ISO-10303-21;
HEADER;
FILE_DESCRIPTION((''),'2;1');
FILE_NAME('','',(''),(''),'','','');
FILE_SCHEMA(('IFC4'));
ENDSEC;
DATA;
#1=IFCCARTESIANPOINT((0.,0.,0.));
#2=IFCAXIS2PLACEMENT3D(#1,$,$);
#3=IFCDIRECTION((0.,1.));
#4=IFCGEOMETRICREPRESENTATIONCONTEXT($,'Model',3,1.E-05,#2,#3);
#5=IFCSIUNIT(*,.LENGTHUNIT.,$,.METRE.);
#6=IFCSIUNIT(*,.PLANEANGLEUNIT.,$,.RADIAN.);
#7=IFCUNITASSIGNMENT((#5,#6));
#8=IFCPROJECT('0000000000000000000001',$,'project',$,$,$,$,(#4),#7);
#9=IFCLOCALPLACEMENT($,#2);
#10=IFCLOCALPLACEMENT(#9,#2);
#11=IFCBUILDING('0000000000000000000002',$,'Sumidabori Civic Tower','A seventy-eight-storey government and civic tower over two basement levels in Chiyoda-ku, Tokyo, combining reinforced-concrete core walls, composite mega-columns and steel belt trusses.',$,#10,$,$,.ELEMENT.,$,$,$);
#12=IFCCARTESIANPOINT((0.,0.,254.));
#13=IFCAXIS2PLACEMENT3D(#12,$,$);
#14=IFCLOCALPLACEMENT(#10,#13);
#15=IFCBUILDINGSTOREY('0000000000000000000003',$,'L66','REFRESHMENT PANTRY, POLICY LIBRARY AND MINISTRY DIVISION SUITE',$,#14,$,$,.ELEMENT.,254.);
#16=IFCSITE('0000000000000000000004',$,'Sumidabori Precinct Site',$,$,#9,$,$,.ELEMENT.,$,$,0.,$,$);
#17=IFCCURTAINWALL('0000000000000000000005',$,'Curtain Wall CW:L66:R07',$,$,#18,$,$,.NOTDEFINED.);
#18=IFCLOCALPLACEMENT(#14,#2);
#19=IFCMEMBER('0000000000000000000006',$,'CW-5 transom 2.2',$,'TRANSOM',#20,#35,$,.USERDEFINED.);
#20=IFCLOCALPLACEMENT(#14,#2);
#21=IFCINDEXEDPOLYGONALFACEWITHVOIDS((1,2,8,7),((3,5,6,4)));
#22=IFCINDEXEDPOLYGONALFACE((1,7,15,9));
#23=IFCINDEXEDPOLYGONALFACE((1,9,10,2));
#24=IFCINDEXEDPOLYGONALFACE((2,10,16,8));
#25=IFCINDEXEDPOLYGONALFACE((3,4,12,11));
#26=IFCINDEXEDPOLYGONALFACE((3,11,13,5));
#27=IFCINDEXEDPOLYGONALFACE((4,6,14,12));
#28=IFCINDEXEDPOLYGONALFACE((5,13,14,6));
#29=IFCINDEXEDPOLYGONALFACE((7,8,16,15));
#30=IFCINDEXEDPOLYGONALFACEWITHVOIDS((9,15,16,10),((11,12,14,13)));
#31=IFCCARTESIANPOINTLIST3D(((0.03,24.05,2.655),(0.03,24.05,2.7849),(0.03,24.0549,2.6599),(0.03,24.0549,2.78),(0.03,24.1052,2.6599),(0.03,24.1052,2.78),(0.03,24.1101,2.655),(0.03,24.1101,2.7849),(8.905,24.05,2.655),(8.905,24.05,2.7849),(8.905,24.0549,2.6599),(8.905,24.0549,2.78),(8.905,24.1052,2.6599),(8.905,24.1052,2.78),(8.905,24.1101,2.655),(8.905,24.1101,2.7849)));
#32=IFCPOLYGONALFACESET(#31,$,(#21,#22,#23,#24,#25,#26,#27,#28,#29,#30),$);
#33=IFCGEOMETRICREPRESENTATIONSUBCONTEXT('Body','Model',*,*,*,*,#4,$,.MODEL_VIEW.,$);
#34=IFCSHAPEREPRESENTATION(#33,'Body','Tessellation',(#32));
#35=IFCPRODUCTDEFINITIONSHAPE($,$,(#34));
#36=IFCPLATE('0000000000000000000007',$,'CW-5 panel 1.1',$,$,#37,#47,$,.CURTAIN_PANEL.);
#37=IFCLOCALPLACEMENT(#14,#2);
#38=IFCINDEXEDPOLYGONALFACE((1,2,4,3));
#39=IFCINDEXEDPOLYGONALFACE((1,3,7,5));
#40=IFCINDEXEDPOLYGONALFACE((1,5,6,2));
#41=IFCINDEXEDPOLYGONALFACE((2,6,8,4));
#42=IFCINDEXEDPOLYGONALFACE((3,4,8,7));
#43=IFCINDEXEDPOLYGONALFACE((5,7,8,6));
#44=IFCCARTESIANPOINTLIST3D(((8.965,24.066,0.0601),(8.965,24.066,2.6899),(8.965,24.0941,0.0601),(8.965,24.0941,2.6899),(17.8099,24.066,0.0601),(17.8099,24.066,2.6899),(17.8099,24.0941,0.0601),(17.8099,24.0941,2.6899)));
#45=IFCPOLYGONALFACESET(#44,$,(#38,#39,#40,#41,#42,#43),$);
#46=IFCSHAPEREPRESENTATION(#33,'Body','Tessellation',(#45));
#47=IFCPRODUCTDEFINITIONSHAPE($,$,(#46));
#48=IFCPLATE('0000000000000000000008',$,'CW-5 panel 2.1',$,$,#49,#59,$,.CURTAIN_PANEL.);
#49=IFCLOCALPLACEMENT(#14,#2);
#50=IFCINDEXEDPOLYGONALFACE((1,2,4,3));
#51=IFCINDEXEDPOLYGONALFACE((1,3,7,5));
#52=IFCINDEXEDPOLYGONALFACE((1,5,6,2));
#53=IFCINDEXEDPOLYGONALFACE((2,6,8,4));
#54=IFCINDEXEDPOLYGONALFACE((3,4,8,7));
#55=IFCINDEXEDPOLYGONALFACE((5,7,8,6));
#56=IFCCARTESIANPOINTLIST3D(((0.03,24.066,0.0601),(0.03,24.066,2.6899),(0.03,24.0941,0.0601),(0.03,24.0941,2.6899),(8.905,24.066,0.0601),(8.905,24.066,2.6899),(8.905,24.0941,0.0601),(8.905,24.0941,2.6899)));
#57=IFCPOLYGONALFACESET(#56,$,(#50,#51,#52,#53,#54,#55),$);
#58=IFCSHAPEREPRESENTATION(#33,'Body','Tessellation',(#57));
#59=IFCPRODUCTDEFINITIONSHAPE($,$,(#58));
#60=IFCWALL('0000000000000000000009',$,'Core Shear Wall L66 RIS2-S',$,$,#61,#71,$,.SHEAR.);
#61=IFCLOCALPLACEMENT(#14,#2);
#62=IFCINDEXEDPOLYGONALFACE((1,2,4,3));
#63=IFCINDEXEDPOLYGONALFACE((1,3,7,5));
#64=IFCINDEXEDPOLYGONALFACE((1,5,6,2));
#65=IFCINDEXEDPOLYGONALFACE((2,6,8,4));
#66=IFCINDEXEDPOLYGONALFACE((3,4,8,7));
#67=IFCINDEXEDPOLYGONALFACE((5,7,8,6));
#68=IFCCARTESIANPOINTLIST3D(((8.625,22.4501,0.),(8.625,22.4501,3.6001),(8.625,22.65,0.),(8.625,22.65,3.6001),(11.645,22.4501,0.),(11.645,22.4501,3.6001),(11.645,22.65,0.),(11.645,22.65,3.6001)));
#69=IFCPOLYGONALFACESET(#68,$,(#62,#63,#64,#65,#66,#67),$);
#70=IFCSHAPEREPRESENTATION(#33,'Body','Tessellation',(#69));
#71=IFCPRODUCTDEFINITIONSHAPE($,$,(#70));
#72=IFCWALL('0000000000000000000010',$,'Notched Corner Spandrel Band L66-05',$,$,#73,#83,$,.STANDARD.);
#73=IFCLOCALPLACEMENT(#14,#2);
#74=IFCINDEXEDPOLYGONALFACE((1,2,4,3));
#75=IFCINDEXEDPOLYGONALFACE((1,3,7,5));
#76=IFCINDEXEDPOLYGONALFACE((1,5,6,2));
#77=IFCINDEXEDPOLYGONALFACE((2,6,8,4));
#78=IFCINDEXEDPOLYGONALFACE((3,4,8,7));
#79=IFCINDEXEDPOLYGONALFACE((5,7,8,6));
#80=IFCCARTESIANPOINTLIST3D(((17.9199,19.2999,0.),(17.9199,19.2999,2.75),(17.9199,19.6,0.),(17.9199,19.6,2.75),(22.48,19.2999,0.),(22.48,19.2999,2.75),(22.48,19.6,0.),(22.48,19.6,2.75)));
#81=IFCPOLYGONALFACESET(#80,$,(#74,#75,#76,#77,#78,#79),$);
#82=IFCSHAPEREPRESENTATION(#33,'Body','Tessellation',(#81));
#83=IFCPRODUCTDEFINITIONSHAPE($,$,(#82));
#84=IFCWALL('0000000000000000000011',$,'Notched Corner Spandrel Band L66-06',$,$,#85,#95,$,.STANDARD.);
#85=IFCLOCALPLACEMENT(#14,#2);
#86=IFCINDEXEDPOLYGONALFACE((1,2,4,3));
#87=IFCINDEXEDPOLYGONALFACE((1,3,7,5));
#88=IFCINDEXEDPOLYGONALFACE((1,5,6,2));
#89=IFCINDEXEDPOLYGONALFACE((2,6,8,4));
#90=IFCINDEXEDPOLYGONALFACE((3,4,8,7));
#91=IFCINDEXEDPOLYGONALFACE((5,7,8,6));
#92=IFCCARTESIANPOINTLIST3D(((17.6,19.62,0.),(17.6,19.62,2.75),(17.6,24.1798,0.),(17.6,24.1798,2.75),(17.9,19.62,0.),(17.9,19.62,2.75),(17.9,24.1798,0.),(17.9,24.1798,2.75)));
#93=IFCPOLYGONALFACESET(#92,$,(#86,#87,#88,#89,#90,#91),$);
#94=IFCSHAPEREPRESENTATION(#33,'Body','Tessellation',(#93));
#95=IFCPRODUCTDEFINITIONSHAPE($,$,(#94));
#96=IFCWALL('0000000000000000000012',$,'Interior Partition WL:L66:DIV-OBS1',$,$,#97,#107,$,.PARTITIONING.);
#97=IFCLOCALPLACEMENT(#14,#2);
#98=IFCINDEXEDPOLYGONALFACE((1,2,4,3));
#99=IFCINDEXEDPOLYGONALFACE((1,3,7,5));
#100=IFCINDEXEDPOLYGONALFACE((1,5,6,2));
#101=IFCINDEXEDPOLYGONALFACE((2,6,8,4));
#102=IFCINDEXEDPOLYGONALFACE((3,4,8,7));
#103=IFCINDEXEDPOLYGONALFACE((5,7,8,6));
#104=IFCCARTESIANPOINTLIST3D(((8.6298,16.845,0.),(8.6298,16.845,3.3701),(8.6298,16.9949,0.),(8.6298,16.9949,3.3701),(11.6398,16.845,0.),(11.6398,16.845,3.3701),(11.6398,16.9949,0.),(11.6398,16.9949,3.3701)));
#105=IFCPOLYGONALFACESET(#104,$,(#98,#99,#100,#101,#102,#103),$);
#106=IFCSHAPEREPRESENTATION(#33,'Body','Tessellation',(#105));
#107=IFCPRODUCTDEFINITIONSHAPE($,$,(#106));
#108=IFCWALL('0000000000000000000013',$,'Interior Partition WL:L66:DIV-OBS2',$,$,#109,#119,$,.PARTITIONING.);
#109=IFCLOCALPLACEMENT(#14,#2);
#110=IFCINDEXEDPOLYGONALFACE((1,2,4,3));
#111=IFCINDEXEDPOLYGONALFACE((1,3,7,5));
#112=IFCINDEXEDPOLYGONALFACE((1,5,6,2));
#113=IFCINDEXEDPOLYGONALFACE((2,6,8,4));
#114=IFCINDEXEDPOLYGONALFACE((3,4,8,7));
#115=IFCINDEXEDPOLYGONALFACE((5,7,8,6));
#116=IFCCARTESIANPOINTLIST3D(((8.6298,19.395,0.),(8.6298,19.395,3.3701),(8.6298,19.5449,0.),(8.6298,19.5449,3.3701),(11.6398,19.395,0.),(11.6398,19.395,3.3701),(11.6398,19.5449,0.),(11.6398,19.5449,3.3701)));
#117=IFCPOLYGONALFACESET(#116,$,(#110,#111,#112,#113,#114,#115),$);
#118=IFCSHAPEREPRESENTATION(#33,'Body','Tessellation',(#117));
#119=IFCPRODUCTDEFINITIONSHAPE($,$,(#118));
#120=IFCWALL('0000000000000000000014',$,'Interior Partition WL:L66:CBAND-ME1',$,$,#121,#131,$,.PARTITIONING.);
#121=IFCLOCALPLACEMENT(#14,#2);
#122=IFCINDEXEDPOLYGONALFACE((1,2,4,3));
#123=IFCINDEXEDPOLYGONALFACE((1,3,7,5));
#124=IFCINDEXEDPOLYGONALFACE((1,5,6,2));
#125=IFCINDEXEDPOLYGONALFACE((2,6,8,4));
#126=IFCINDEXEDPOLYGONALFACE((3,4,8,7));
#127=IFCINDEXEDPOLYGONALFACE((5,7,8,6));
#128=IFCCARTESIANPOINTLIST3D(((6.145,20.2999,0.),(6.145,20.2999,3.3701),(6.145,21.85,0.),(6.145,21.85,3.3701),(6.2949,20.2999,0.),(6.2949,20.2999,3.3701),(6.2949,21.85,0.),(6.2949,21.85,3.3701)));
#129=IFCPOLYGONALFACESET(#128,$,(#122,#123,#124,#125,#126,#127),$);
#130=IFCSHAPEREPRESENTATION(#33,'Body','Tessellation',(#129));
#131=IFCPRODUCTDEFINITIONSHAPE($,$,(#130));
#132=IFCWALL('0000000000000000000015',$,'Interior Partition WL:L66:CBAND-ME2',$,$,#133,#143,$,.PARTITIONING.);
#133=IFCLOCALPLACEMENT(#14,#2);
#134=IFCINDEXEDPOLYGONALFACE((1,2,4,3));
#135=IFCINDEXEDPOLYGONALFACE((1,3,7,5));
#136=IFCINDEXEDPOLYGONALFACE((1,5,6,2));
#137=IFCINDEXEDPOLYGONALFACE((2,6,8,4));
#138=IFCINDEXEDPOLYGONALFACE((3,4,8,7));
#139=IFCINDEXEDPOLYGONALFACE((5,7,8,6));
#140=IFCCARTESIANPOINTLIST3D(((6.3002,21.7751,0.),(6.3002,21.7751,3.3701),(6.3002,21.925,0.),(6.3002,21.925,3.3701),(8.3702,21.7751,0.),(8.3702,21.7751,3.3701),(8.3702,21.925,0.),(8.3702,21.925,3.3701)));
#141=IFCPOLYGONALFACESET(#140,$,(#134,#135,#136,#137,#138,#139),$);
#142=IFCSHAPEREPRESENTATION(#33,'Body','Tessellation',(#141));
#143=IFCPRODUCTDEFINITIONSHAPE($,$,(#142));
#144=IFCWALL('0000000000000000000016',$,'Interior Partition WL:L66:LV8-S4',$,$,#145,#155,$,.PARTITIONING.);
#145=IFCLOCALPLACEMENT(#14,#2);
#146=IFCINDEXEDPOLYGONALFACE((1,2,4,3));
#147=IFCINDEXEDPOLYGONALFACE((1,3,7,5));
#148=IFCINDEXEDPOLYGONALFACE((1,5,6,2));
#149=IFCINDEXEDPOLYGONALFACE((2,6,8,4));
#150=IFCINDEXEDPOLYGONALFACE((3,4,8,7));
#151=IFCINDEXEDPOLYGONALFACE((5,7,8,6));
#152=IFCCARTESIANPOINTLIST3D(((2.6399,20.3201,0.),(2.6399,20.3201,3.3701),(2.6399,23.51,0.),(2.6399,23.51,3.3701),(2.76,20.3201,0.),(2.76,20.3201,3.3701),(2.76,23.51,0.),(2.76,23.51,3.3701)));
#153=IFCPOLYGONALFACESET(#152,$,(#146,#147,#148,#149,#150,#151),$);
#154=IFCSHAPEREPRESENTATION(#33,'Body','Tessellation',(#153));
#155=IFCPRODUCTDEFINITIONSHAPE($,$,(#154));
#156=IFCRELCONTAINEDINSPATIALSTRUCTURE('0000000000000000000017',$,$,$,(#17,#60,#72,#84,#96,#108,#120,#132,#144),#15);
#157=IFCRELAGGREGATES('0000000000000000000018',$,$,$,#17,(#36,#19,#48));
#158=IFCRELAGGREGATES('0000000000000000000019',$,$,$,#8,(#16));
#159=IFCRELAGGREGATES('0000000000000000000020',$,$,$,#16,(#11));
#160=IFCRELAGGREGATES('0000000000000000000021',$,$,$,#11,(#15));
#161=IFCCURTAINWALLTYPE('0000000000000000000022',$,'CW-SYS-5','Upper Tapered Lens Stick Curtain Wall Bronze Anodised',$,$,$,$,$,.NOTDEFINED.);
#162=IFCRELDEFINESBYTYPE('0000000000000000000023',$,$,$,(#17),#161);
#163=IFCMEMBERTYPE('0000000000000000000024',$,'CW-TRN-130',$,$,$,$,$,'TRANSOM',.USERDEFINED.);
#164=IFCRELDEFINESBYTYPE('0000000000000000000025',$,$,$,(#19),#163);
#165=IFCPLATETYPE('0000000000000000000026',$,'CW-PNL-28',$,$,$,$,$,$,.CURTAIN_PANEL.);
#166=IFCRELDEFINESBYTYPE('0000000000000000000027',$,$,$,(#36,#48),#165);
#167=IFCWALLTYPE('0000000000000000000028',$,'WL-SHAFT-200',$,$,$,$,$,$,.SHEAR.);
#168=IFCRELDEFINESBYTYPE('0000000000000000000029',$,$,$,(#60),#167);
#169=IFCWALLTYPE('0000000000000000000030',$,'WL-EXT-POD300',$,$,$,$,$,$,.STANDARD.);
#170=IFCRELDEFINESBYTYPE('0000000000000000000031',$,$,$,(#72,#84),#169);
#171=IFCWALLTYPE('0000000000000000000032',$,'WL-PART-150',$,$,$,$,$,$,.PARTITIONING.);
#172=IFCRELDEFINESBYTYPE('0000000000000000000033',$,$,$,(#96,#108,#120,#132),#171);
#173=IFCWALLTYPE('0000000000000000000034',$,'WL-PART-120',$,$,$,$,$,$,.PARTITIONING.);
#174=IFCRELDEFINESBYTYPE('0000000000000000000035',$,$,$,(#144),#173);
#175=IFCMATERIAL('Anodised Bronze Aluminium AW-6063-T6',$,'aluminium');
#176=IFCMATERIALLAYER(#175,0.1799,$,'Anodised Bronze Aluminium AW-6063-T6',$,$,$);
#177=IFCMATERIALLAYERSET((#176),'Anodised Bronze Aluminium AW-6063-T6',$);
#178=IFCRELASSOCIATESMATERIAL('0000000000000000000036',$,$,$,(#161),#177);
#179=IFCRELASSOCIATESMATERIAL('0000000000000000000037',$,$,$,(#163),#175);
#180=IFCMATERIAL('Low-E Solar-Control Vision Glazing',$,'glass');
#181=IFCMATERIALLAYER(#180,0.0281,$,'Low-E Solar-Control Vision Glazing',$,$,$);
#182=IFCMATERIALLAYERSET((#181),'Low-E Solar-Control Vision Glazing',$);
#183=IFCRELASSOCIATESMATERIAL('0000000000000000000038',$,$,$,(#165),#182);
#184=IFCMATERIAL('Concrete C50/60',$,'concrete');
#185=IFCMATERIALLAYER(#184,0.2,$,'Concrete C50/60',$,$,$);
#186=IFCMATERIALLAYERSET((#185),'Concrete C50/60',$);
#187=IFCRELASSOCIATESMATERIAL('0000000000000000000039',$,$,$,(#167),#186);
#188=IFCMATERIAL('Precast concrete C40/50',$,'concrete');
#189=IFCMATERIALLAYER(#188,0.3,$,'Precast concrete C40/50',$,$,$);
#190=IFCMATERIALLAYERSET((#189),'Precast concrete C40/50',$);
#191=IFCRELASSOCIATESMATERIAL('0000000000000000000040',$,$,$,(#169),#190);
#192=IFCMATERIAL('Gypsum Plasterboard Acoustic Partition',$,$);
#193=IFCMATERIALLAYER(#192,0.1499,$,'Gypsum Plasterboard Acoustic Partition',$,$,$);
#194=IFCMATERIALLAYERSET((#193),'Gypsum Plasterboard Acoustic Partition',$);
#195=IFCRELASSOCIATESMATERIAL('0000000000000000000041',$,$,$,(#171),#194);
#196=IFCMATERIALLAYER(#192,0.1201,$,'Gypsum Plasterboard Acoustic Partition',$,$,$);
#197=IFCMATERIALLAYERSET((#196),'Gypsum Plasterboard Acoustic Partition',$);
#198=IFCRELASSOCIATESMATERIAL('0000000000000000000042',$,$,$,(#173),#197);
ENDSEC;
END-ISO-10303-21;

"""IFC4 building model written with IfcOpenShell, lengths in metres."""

from ifc_helpers import new_model, si_unit, direction, frame, frame_2d, origin, origin_2d, place, context, subcontext, project, spatial, rectangle, hollow_rectangle, extrude, source, transform, mapped, material, layer, layer_set, material_profile, profile_set, type_object, element, aggregate, save


model = new_model("IFC4")

# Units and contexts
model_context = context("Model", 3, precision=1e-05, world=origin(), true_north=direction((0.0, 1.0)))
body_context = subcontext(model_context, "Body", "Model", "MODEL_VIEW")
ifc_project = project(units=[si_unit("LENGTHUNIT", "METRE"), si_unit("PLANEANGLEUNIT", "RADIAN")], contexts=[model_context])

# Site, building, storey
site_placement = place(None, origin())
site = spatial("IfcSite", under=ifc_project, at=site_placement, Name="Sumidabori Precinct Site", CompositionType="ELEMENT", RefElevation=0.0)
building_placement = place(site_placement, origin())
building = spatial("IfcBuilding", under=site, at=building_placement, Name="Sumidabori Civic Tower", Description="A seventy-eight-storey government and civic tower over two basement levels in Chiyoda-ku, Tokyo, combining reinforced-concrete core walls, composite mega-columns and steel belt trusses.", CompositionType="ELEMENT")
storey_placement = place(building_placement, frame((0.0, 0.0, 254.0)))
storey = spatial("IfcBuildingStorey", under=building, at=storey_placement, Name="L66", Description="REFRESHMENT PANTRY, POLICY LIBRARY AND MINISTRY DIVISION SUITE", CompositionType="ELEMENT", Elevation=254.0)

# Shared definitions
ifc_material_1 = material(Name="Anodised Bronze Aluminium AW-6063-T6", Category="aluminium")
ifc_layer_1 = layer(ifc_material_1, 0.1799, Name="Anodised Bronze Aluminium AW-6063-T6")
ifc_layer_set_1 = layer_set([ifc_layer_1], Name="Anodised Bronze Aluminium AW-6063-T6")
curtain_wall_type = type_object("IfcCurtainWallType", Name="CW-SYS-5", Description="Upper Tapered Lens Stick Curtain Wall Bronze Anodised", PredefinedType="NOTDEFINED", material=ifc_layer_set_1)

# Curtain wall, member, plates
curtain_wall_1_placement = place(storey_placement, origin())
curtain_wall_1 = element("IfcCurtainWall", 1, at=curtain_wall_1_placement, inside=storey, type_object=curtain_wall_type, Name="Curtain Wall CW:L66:R07", PredefinedType="NOTDEFINED")
ifc_material_profile_1 = material_profile(ifc_material_1, hollow_rectangle(XDim=0.0601, YDim=0.1299, WallThickness=0.0049, at=origin_2d()), Name="ALU TRANSOM 130x60")
ifc_profile_set_1 = profile_set([ifc_material_profile_1], Name="Anodised Bronze Aluminium AW-6063-T6")
member_type_1 = type_object("IfcMemberType", Name="CW-TRN-130", ElementType="TRANSOM", PredefinedType="USERDEFINED", material=ifc_profile_set_1)
shared_shape_1 = source(origin(), body_context, "Body", "SweptSolid", [
    extrude(hollow_rectangle(XDim=0.0601, YDim=0.1299, WallThickness=0.0049, at=origin_2d()), origin(), (0.0, 0.0, 1.0), 8.875),
])
member_1_placement = place(storey_placement, frame((8.905, 24.0801, 2.72), z_axis=(-1.0, 0.0, 0.0), x_axis=(0.0, -1.0, 0.0)))
member_1 = element("IfcMember", 2, at=member_1_placement, type_object=member_type_1, Name="CW-5 transom 2.2", ObjectType="TRANSOM", PredefinedType="USERDEFINED", context=body_context, shape_type="MappedRepresentation", body=[
    mapped(shared_shape_1, transform((0.0, 0.0, 0.0), x_axis=(1.0, 0.0, 0.0), y_axis=(0.0, 1.0, 0.0), z_axis=(0.0, 0.0, 1.0), scale=1.0)),
])
ifc_material_2 = material(Name="Low-E Solar-Control Vision Glazing", Category="glass")
ifc_layer_2 = layer(ifc_material_2, 0.0281, Name="Low-E Solar-Control Vision Glazing")
ifc_layer_set_2 = layer_set([ifc_layer_2], Name="Low-E Solar-Control Vision Glazing")
plate_type = type_object("IfcPlateType", Name="CW-PNL-28", PredefinedType="CURTAIN_PANEL", material=ifc_layer_set_2)
shared_shape_2 = source(origin(), body_context, "Body", "SweptSolid", [
    extrude(rectangle(XDim=8.845, YDim=0.0281, at=origin_2d()), origin(), (0.0, 0.0, 1.0), 2.6299),
])
plate_1_placement = place(storey_placement, frame((13.3875, 24.0801, 0.0601), z_axis=(0.0, 0.0, 1.0), x_axis=(-1.0, 0.0, 0.0)))
plate_1 = element("IfcPlate", 3, at=plate_1_placement, type_object=plate_type, Name="CW-5 panel 1.1", PredefinedType="CURTAIN_PANEL", context=body_context, shape_type="MappedRepresentation", body=[
    mapped(shared_shape_2, transform((0.0, 0.0, 0.0), x_axis=(1.0, 0.0, 0.0), y_axis=(0.0, 1.0, 0.0), z_axis=(0.0, 0.0, 1.0), scale=1.0)),
])
shared_shape_3 = source(origin(), body_context, "Body", "SweptSolid", [
    extrude(rectangle(XDim=8.875, YDim=0.0281, at=origin_2d()), origin(), (0.0, 0.0, 1.0), 2.6299),
])
plate_2_placement = place(storey_placement, frame((4.4675, 24.0801, 0.0601), z_axis=(0.0, 0.0, 1.0), x_axis=(-1.0, 0.0, 0.0)))
plate_2 = element("IfcPlate", 4, at=plate_2_placement, type_object=plate_type, Name="CW-5 panel 2.1", PredefinedType="CURTAIN_PANEL", context=body_context, shape_type="MappedRepresentation", body=[
    mapped(shared_shape_3, transform((0.0, 0.0, 0.0), x_axis=(1.0, 0.0, 0.0), y_axis=(0.0, 1.0, 0.0), z_axis=(0.0, 0.0, 1.0), scale=1.0)),
])
aggregate(curtain_wall_1, [plate_1, member_1, plate_2])

# Walls
ifc_material_3 = material(Name="Concrete C50/60", Category="concrete")
ifc_layer_3 = layer(ifc_material_3, 0.2, Name="Concrete C50/60")
ifc_layer_set_3 = layer_set([ifc_layer_3], Name="Concrete C50/60")
wall_type_1 = type_object("IfcWallType", Name="WL-SHAFT-200", PredefinedType="SHEAR", material=ifc_layer_set_3)
shared_shape_4 = source(origin(), body_context, "Body", "SweptSolid", [
    extrude(rectangle(XDim=3.02, YDim=0.2, at=frame_2d((1.51, 0.0))), origin(), (0.0, 0.0, 1.0), 3.6001),
])
wall_1_placement = place(storey_placement, frame((8.625, 22.55, 0.0), z_axis=(0.0, 0.0, 1.0), x_axis=(1.0, 0.0, 0.0)))
element("IfcWall", 5, at=wall_1_placement, inside=storey, type_object=wall_type_1, Name="Core Shear Wall L66 RIS2-S", PredefinedType="SHEAR", context=body_context, shape_type="MappedRepresentation", body=[
    mapped(shared_shape_4, transform((0.0, 0.0, 0.0), x_axis=(1.0, 0.0, 0.0), y_axis=(0.0, 1.0, 0.0), z_axis=(0.0, 0.0, 1.0), scale=1.0)),
])
ifc_material_4 = material(Name="Precast concrete C40/50", Category="concrete")
ifc_layer_4 = layer(ifc_material_4, 0.3, Name="Precast concrete C40/50")
ifc_layer_set_4 = layer_set([ifc_layer_4], Name="Precast concrete C40/50")
wall_type_2 = type_object("IfcWallType", Name="WL-EXT-POD300", PredefinedType="STANDARD", material=ifc_layer_set_4)
shared_shape_5 = source(origin(), body_context, "Body", "SweptSolid", [
    extrude(rectangle(XDim=4.5601, YDim=0.3, at=frame_2d((2.28, 0.0))), origin(), (0.0, 0.0, 1.0), 2.75),
])
wall_2_placement = place(storey_placement, frame((22.48, 19.45, 0.0), z_axis=(0.0, 0.0, 1.0), x_axis=(-1.0, 0.0, 0.0)))
element("IfcWall", 6, at=wall_2_placement, inside=storey, type_object=wall_type_2, Name="Notched Corner Spandrel Band L66-05", PredefinedType="STANDARD", context=body_context, shape_type="MappedRepresentation", body=[
    mapped(shared_shape_5, transform((0.0, 0.0, 0.0), x_axis=(1.0, 0.0, 0.0), y_axis=(0.0, 1.0, 0.0), z_axis=(0.0, 0.0, 1.0), scale=1.0)),
])
shared_shape_6 = source(origin(), body_context, "Body", "SweptSolid", [
    extrude(rectangle(XDim=4.5598, YDim=0.3, at=frame_2d((2.2798, 0.0))), origin(), (0.0, 0.0, 1.0), 2.75),
])
wall_3_placement = place(storey_placement, frame((17.75, 19.6201, 0.0), z_axis=(0.0, 0.0, 1.0), x_axis=(0.0, 1.0, 0.0)))
element("IfcWall", 7, at=wall_3_placement, inside=storey, type_object=wall_type_2, Name="Notched Corner Spandrel Band L66-06", PredefinedType="STANDARD", context=body_context, shape_type="MappedRepresentation", body=[
    mapped(shared_shape_6, transform((0.0, 0.0, 0.0), x_axis=(1.0, 0.0, 0.0), y_axis=(0.0, 1.0, 0.0), z_axis=(0.0, 0.0, 1.0), scale=1.0)),
])
ifc_material_5 = material(Name="Gypsum Plasterboard Acoustic Partition")
ifc_layer_5 = layer(ifc_material_5, 0.1499, Name="Gypsum Plasterboard Acoustic Partition")
ifc_layer_set_5 = layer_set([ifc_layer_5], Name="Gypsum Plasterboard Acoustic Partition")
wall_type_3 = type_object("IfcWallType", Name="WL-PART-150", PredefinedType="PARTITIONING", material=ifc_layer_set_5)
shared_shape_7 = source(origin(), body_context, "Body", "SweptSolid", [
    extrude(rectangle(XDim=3.01, YDim=0.1499, at=frame_2d((1.5049, 0.0))), origin(), (0.0, 0.0, 1.0), 3.3701),
])
for number, where, z_axis, x_axis, name in (
    (8, (8.6299, 16.9199, 0.0), (0.0, 0.0, 1.0), (1.0, 0.0, 0.0), "Interior Partition WL:L66:DIV-OBS1"),
    (9, (8.6299, 19.47, 0.0), (0.0, 0.0, 1.0), (1.0, 0.0, 0.0), "Interior Partition WL:L66:DIV-OBS2"),
):
    element("IfcWall", number, at=place(storey_placement, frame(where, z_axis=z_axis, x_axis=x_axis)), inside=storey, type_object=wall_type_3, Name=name, PredefinedType="PARTITIONING", context=body_context, shape_type="MappedRepresentation", body=[
        mapped(shared_shape_7, transform((0.0, 0.0, 0.0), x_axis=(1.0, 0.0, 0.0), y_axis=(0.0, 1.0, 0.0), z_axis=(0.0, 0.0, 1.0), scale=1.0)),
    ])
shared_shape_8 = source(origin(), body_context, "Body", "SweptSolid", [
    extrude(rectangle(XDim=1.55, YDim=0.1499, at=frame_2d((0.7749, 0.0))), origin(), (0.0, 0.0, 1.0), 3.3701),
])
wall_4_placement = place(storey_placement, frame((6.22, 20.3, 0.0), z_axis=(0.0, 0.0, 1.0), x_axis=(0.0, 1.0, 0.0)))
element("IfcWall", 10, at=wall_4_placement, inside=storey, type_object=wall_type_3, Name="Interior Partition WL:L66:CBAND-ME1", PredefinedType="PARTITIONING", context=body_context, shape_type="MappedRepresentation", body=[
    mapped(shared_shape_8, transform((0.0, 0.0, 0.0), x_axis=(1.0, 0.0, 0.0), y_axis=(0.0, 1.0, 0.0), z_axis=(0.0, 0.0, 1.0), scale=1.0)),
])
shared_shape_9 = source(origin(), body_context, "Body", "SweptSolid", [
    extrude(rectangle(XDim=2.0701, YDim=0.1499, at=frame_2d((1.0352, 0.0))), origin(), (0.0, 0.0, 1.0), 3.3701),
])
wall_5_placement = place(storey_placement, frame((6.3, 21.8501, 0.0), z_axis=(0.0, 0.0, 1.0), x_axis=(1.0, 0.0, 0.0)))
element("IfcWall", 11, at=wall_5_placement, inside=storey, type_object=wall_type_3, Name="Interior Partition WL:L66:CBAND-ME2", PredefinedType="PARTITIONING", context=body_context, shape_type="MappedRepresentation", body=[
    mapped(shared_shape_9, transform((0.0, 0.0, 0.0), x_axis=(1.0, 0.0, 0.0), y_axis=(0.0, 1.0, 0.0), z_axis=(0.0, 0.0, 1.0), scale=1.0)),
])
ifc_layer_6 = layer(ifc_material_5, 0.1201, Name="Gypsum Plasterboard Acoustic Partition")
ifc_layer_set_6 = layer_set([ifc_layer_6], Name="Gypsum Plasterboard Acoustic Partition")
wall_type_4 = type_object("IfcWallType", Name="WL-PART-120", PredefinedType="PARTITIONING", material=ifc_layer_set_6)
shared_shape_10 = source(origin(), body_context, "Body", "SweptSolid", [
    extrude(rectangle(XDim=3.1899, YDim=0.1201, at=frame_2d((1.595, 0.0))), origin(), (0.0, 0.0, 1.0), 3.3701),
])
wall_6_placement = place(storey_placement, frame((2.7, 20.3201, 0.0), z_axis=(0.0, 0.0, 1.0), x_axis=(0.0, 1.0, 0.0)))
element("IfcWall", 12, at=wall_6_placement, inside=storey, type_object=wall_type_4, Name="Interior Partition WL:L66:LV8-S4", PredefinedType="PARTITIONING", context=body_context, shape_type="MappedRepresentation", body=[
    mapped(shared_shape_10, transform((0.0, 0.0, 0.0), x_axis=(1.0, 0.0, 0.0), y_axis=(0.0, 1.0, 0.0), z_axis=(0.0, 0.0, 1.0), scale=1.0)),
])

save(model, "model.ifc")
